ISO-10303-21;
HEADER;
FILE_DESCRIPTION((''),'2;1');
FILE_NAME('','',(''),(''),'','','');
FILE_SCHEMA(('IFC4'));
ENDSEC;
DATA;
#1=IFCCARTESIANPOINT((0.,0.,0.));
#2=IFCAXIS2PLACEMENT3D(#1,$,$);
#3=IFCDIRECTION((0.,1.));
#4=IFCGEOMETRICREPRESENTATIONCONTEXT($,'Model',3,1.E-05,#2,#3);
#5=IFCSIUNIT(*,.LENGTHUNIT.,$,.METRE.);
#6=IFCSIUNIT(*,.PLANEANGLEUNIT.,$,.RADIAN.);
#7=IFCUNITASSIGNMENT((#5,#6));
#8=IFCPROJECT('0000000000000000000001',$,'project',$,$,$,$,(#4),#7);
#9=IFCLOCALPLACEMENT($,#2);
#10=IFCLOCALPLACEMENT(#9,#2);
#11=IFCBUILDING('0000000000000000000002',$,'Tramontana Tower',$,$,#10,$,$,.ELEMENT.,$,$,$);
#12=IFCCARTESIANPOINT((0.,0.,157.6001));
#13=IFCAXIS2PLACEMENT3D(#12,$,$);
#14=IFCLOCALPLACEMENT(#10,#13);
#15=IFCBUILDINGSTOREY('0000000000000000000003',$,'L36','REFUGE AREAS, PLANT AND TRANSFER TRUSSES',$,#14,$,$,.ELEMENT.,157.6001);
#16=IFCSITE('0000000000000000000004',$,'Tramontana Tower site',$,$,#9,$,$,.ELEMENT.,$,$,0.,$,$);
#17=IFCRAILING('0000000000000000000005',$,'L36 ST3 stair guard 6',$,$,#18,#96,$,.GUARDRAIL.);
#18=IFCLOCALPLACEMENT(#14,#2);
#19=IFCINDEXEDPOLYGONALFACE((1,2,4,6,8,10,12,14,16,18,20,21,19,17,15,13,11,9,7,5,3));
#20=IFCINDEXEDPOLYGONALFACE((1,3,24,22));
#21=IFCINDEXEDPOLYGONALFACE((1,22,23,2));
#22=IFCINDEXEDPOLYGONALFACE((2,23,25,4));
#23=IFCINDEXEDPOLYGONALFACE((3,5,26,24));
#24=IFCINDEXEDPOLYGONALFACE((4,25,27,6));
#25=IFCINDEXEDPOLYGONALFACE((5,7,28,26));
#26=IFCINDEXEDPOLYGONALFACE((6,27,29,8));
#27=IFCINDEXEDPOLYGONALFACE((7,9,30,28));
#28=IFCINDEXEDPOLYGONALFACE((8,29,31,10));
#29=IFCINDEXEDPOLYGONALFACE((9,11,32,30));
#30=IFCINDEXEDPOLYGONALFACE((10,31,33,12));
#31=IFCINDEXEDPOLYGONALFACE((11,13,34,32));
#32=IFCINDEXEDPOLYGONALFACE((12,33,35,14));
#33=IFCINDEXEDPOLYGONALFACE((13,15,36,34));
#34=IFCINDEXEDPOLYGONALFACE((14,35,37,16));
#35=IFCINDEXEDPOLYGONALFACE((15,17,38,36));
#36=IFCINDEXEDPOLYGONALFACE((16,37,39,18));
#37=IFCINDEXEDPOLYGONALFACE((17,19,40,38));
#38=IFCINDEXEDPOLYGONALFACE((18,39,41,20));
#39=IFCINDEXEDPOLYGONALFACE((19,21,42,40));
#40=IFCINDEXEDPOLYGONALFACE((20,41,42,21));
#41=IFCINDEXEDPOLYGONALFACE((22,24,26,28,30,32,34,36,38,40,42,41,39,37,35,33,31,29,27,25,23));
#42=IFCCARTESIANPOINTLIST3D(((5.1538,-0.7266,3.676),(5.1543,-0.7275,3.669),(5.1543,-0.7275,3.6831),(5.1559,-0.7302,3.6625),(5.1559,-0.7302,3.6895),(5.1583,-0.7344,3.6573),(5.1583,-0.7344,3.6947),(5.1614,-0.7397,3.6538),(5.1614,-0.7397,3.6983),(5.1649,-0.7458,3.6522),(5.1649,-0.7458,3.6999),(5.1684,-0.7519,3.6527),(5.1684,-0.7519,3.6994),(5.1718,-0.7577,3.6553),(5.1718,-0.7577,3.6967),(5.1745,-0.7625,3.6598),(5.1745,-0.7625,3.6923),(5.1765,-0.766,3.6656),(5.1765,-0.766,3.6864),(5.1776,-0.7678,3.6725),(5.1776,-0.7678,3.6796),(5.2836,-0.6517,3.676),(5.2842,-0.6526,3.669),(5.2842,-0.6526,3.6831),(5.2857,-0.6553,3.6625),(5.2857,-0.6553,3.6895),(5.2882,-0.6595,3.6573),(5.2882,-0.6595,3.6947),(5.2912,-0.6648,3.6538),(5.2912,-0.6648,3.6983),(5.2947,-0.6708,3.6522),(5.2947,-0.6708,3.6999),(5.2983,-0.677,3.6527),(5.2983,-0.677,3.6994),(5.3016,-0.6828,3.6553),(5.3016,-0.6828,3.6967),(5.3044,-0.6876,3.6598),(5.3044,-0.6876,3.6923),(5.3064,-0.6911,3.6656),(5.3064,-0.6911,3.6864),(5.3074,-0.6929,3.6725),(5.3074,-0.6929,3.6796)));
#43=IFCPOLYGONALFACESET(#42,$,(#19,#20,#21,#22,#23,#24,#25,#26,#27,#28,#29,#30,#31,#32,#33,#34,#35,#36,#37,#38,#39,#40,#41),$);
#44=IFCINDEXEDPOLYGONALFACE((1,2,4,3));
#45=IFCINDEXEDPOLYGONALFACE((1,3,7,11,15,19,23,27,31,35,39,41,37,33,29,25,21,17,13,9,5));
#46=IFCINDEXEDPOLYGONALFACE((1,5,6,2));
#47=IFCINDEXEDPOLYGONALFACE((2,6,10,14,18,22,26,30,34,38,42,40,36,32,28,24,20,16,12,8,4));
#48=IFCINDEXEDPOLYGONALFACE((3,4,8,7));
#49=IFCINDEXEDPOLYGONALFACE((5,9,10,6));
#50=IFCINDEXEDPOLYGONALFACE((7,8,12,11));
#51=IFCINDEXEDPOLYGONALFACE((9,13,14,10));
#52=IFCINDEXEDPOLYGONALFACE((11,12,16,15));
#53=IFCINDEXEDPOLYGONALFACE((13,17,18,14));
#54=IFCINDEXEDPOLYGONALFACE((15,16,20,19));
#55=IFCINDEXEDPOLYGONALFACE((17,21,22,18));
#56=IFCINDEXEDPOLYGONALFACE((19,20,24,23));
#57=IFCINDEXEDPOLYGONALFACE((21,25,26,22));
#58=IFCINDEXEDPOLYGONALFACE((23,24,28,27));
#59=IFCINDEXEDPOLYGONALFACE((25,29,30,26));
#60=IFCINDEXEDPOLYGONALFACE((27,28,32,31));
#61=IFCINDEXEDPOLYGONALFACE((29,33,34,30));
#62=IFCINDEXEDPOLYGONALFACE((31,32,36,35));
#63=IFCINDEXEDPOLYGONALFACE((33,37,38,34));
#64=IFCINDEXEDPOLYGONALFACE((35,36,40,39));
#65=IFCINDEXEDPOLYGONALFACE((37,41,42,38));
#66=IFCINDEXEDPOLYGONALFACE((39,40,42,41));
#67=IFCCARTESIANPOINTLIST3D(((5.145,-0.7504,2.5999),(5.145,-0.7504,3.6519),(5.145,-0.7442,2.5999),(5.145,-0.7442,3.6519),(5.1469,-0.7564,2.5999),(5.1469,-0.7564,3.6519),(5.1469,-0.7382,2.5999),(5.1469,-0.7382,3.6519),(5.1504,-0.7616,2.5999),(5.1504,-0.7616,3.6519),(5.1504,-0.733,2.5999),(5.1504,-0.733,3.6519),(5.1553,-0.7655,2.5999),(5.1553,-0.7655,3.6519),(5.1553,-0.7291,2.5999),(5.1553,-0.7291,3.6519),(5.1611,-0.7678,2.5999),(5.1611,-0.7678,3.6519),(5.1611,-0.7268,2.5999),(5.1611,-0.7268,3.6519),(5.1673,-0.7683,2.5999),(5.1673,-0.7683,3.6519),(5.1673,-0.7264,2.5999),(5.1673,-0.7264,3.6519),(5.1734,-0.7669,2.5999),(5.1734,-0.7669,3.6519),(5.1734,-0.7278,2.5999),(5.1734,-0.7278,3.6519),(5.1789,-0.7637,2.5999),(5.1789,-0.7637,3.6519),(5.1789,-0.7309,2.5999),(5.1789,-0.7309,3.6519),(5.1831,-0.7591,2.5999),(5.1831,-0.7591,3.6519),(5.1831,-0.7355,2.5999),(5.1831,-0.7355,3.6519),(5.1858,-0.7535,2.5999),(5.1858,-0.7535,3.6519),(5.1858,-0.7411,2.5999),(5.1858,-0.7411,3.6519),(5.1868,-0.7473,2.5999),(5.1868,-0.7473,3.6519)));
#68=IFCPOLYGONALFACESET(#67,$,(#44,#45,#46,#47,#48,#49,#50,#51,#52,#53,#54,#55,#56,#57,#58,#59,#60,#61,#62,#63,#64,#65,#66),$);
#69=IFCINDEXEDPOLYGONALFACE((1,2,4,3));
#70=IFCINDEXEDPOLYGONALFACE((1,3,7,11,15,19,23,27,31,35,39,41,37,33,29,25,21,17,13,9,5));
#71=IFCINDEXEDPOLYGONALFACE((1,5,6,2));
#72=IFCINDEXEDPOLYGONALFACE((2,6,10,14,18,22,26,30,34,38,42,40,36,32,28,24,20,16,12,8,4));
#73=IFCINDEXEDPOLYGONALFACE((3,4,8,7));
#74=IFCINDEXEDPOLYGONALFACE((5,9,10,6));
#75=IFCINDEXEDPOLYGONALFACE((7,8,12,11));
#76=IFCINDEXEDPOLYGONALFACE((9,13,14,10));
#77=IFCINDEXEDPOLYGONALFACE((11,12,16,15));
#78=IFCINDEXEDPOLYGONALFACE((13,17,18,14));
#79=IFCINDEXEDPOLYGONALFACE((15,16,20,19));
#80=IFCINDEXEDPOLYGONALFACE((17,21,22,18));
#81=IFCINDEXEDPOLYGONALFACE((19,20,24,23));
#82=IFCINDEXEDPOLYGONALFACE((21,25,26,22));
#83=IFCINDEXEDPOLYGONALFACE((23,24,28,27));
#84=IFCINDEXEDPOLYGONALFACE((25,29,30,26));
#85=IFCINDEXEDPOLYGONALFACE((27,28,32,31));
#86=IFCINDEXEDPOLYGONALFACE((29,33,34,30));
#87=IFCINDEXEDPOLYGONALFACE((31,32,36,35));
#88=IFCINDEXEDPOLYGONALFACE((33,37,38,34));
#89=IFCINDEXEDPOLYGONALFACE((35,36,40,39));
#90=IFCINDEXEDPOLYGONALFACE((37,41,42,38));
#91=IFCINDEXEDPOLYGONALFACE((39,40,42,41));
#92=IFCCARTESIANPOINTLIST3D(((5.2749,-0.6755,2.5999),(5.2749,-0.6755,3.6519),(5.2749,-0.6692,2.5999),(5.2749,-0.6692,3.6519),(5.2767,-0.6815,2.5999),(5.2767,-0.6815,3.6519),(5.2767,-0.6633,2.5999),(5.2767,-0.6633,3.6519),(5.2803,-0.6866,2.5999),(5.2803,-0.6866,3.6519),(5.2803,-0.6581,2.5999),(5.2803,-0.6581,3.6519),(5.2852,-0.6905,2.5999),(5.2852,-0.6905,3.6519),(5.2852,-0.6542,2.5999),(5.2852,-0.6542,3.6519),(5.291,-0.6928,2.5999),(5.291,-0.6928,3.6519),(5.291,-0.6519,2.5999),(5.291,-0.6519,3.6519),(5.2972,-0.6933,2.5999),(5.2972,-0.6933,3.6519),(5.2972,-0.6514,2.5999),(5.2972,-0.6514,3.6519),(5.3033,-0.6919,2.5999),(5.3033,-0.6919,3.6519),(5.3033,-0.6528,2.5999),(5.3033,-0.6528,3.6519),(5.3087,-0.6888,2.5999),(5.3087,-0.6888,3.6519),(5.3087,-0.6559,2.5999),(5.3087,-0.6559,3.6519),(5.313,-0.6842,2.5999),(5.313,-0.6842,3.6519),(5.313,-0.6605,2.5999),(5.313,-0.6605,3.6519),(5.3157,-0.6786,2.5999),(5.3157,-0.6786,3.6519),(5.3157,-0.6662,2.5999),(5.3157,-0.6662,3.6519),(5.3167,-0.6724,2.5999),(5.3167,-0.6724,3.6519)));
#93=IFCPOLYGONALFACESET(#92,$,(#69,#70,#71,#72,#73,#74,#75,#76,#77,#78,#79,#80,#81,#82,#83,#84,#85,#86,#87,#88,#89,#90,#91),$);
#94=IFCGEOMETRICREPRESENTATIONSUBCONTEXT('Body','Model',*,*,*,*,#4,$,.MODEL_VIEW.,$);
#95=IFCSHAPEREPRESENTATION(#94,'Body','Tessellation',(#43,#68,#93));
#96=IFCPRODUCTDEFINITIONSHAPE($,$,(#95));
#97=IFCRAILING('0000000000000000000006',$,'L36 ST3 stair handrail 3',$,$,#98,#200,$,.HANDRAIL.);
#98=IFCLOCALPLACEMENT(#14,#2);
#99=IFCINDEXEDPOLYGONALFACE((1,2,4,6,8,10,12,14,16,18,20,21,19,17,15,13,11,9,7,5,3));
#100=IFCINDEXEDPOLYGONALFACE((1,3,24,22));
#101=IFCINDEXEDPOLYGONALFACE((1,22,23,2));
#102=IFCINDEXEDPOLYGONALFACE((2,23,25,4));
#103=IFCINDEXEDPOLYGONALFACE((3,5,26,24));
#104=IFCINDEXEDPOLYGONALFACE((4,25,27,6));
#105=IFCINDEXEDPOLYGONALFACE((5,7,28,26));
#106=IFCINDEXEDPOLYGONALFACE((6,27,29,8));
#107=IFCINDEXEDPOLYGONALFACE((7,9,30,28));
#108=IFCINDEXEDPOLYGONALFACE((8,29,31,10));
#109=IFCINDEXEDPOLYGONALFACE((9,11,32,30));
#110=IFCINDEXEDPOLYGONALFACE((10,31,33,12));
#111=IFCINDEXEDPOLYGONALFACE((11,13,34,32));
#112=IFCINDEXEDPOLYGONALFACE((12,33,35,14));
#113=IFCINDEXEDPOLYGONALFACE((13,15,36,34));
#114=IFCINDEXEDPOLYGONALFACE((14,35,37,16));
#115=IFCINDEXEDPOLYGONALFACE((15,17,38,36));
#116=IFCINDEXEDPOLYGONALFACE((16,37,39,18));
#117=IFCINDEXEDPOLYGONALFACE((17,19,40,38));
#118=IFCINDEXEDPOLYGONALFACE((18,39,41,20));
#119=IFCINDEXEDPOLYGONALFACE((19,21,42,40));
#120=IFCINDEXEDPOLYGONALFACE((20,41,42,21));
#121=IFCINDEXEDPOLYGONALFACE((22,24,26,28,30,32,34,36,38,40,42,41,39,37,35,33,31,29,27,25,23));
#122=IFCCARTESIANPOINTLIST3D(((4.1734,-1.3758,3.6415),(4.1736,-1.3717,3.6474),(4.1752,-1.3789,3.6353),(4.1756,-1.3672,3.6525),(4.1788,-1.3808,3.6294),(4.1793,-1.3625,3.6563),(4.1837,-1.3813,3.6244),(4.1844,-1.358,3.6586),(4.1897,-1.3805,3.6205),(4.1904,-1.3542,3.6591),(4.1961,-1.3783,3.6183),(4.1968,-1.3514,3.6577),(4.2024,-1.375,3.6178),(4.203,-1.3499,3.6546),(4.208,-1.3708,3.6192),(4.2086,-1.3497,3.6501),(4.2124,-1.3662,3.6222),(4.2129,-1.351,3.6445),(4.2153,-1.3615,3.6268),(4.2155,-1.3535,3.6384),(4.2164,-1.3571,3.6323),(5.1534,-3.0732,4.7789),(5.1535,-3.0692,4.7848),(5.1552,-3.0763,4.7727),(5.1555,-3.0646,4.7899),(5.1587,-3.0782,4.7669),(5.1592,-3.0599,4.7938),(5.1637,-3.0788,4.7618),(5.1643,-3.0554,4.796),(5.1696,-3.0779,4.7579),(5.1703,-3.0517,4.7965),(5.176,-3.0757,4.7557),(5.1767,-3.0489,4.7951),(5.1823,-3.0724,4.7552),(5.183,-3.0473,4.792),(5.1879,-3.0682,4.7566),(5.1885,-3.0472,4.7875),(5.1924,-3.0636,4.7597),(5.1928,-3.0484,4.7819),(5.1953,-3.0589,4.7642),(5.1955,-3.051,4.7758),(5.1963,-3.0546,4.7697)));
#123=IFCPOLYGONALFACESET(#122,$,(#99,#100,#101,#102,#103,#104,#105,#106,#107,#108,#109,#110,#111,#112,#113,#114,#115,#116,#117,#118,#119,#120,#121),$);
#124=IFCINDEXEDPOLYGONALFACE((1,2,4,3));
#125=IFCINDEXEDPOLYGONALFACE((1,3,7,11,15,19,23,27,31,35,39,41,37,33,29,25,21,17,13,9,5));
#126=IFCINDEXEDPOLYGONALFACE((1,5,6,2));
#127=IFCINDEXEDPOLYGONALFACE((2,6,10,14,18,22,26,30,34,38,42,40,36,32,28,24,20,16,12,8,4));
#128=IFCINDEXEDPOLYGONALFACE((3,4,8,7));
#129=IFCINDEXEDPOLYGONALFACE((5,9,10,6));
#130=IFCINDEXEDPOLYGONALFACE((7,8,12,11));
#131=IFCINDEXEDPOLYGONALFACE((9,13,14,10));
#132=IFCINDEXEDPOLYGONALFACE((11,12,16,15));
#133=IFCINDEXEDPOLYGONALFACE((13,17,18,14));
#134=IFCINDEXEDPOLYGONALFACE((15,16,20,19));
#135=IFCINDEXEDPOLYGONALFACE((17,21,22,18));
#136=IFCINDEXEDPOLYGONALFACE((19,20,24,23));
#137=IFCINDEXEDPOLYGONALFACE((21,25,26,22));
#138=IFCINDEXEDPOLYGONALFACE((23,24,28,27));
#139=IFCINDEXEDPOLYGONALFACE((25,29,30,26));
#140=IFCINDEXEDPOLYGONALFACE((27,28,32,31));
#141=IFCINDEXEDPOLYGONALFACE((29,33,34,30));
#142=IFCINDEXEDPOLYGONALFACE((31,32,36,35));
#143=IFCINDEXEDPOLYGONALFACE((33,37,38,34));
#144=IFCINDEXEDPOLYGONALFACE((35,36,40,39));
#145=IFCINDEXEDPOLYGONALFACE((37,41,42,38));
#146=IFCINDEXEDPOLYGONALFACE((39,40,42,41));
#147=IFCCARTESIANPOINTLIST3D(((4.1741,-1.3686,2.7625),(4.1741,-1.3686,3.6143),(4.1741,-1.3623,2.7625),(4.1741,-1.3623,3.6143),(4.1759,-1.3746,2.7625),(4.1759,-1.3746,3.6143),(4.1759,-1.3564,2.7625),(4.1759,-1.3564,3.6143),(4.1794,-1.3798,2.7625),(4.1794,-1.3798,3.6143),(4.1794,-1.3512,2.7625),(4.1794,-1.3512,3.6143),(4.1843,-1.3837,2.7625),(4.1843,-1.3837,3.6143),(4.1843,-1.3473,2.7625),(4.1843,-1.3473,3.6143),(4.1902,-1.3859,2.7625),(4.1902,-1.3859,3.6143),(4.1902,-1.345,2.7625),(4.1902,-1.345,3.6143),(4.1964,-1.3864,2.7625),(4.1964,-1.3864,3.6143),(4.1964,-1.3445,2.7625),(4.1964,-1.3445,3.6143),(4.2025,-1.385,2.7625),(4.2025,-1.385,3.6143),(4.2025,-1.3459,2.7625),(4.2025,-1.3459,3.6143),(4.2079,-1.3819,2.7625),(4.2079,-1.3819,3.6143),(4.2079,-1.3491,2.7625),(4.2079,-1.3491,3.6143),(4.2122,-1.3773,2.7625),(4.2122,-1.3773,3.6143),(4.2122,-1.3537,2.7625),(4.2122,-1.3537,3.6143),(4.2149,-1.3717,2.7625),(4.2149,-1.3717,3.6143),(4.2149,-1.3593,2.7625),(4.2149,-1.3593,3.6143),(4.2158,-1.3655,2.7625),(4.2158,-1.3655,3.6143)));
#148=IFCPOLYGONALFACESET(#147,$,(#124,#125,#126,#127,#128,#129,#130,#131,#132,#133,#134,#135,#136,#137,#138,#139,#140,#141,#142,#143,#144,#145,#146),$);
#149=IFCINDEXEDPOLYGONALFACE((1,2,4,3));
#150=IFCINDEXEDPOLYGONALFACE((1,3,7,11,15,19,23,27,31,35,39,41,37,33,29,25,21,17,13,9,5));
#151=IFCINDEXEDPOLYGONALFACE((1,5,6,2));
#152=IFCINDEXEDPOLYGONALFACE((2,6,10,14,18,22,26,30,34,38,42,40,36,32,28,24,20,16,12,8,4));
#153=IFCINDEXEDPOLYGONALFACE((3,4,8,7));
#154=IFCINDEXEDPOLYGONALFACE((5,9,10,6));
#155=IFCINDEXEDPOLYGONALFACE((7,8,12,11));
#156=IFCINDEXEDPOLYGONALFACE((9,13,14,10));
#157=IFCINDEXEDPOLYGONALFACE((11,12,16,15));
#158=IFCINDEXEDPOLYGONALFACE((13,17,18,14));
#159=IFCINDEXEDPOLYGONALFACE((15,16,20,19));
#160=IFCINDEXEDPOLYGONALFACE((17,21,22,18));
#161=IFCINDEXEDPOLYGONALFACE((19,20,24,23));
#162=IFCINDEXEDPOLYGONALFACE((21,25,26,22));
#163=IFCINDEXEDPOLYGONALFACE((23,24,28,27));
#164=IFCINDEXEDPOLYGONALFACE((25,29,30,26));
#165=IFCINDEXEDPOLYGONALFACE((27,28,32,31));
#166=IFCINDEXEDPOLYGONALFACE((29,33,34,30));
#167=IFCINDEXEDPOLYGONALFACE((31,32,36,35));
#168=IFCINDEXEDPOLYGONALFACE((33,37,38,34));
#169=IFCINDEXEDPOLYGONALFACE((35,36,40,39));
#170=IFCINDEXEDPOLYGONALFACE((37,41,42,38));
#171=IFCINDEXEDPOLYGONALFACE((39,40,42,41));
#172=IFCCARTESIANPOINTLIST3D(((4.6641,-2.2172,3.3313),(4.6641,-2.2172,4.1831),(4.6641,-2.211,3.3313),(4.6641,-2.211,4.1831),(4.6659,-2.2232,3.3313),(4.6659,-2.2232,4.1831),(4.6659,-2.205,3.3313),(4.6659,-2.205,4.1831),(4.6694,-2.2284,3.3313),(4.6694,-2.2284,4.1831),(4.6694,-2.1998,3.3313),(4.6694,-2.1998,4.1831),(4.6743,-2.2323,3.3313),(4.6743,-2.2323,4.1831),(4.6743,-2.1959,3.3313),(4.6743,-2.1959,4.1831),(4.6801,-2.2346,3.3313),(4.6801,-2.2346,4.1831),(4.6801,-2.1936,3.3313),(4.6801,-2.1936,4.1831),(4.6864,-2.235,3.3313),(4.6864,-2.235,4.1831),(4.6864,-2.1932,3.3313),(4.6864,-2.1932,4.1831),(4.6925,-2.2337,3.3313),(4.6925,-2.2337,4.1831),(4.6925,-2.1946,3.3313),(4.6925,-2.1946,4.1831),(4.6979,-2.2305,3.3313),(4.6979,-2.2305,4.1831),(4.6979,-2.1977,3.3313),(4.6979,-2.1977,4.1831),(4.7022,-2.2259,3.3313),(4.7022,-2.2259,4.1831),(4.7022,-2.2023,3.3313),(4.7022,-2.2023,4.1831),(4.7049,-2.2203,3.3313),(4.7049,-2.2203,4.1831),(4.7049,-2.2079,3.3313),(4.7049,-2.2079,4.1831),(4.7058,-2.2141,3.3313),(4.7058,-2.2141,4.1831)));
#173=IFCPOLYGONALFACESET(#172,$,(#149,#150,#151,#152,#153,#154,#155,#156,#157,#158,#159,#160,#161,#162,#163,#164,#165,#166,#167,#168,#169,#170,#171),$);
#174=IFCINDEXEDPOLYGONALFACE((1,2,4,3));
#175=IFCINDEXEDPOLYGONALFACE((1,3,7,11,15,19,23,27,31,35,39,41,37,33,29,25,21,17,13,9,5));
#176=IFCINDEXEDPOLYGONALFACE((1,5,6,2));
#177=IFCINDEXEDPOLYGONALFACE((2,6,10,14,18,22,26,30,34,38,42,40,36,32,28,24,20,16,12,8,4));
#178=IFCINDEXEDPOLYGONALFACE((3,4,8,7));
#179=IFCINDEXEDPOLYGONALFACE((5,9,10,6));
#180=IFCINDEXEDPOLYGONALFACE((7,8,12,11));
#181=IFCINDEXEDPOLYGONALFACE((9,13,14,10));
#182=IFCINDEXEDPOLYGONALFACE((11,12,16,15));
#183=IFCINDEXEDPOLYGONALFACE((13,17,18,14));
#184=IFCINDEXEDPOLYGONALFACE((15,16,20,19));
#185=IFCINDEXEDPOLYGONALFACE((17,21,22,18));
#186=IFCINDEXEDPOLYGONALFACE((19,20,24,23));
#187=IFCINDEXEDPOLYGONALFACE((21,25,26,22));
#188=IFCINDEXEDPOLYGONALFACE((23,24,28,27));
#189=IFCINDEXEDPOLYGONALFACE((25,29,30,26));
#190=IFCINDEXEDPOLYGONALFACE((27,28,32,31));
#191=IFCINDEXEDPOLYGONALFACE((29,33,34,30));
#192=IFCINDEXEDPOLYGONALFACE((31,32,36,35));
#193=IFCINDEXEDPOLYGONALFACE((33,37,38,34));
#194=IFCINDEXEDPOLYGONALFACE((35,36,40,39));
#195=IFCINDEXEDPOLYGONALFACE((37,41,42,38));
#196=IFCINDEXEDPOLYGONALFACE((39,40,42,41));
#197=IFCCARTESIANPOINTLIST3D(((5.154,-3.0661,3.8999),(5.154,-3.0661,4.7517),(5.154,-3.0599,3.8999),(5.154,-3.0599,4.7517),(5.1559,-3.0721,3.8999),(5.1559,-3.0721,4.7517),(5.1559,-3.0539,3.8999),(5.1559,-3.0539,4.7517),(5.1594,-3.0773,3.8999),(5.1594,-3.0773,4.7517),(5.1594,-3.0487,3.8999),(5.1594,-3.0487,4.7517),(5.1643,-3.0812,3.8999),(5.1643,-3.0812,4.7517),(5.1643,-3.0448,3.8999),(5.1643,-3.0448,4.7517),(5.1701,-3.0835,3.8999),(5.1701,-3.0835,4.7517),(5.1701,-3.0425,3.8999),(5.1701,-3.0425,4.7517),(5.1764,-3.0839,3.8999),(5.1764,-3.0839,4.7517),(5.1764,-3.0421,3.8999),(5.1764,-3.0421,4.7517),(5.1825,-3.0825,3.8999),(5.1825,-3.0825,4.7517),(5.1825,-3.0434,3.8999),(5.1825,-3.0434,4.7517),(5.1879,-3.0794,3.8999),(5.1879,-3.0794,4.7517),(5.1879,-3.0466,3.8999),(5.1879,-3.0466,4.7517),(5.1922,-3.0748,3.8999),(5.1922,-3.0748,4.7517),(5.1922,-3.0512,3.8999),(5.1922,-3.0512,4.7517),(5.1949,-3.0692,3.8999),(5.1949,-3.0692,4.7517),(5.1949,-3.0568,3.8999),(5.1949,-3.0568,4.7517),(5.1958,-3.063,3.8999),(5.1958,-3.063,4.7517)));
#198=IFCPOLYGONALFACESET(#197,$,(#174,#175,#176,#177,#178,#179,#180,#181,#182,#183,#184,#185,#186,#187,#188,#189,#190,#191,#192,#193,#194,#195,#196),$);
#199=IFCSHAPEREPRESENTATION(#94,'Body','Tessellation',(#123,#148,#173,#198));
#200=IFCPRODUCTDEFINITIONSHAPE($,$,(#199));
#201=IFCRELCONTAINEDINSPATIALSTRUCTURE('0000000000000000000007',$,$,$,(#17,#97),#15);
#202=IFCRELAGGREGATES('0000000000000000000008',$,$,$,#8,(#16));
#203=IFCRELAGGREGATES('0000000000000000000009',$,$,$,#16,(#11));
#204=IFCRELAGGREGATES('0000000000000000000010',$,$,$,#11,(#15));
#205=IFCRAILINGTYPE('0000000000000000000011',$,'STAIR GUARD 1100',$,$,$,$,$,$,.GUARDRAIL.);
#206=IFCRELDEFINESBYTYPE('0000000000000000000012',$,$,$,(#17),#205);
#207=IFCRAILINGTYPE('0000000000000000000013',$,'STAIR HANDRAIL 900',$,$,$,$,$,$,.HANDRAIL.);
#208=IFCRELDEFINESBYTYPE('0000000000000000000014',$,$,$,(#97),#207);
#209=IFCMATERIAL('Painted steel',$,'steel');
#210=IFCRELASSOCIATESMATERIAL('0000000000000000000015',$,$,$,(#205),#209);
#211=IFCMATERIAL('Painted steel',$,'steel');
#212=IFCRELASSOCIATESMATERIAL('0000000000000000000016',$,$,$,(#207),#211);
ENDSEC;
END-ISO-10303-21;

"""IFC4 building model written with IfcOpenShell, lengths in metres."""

from ifc_helpers import new_model, si_unit, direction, frame, origin, origin_2d, place, context, subcontext, project, spatial, circle, extrude, material, type_object, element, save


model = new_model("IFC4")

# Units and contexts
model_context = context("Model", 3, precision=1e-05, world=origin(), true_north=direction((0.0, 1.0)))
body_context = subcontext(model_context, "Body", "Model", "MODEL_VIEW")
ifc_project = project(units=[si_unit("LENGTHUNIT", "METRE"), si_unit("PLANEANGLEUNIT", "RADIAN")], contexts=[model_context])

# Site, building, storey
site_placement = place(None, origin())
site = spatial("IfcSite", under=ifc_project, at=site_placement, Name="Tramontana Tower site", CompositionType="ELEMENT", RefElevation=0.0)
building_placement = place(site_placement, origin())
building = spatial("IfcBuilding", under=site, at=building_placement, Name="Tramontana Tower", CompositionType="ELEMENT")
storey_placement = place(building_placement, frame((0.0, 0.0, 157.6001)))
storey = spatial("IfcBuildingStorey", under=building, at=storey_placement, Name="L36", Description="REFUGE AREAS, PLANT AND TRANSFER TRUSSES", CompositionType="ELEMENT", Elevation=157.6001)

# Railings
ifc_material_1 = material(Name="Painted steel", Category="steel")
railing_type_1 = type_object("IfcRailingType", Name="STAIR GUARD 1100", PredefinedType="GUARDRAIL", material=ifc_material_1)
railing_1_placement = place(storey_placement, frame((5.1658, -0.7473, 2.5999)))
element("IfcRailing", 1, at=railing_1_placement, inside=storey, type_object=railing_type_1, Name="L36 ST3 stair guard 6", PredefinedType="GUARDRAIL", context=body_context, shape_type="SweptSolid", body=[
    extrude(circle(Radius=0.0239, at=origin_2d()), frame((0.0, 0.0, 1.0762), z_axis=(0.866131, 0.499816, 0.0), x_axis=(-0.499816, 0.866131, 0.0)), (0.0, 0.0, 1.0), 0.1499),
    extrude(circle(Radius=0.021, at=origin_2d()), origin(), (0.0, 0.0, 1.0), 1.052),
    extrude(circle(Radius=0.021, at=origin_2d()), frame((0.1299, 0.075, 0.0)), (0.0, 0.0, 1.0), 1.052),
])
ifc_material_2 = material(Name="Painted steel", Category="steel")
railing_type_2 = type_object("IfcRailingType", Name="STAIR HANDRAIL 900", PredefinedType="HANDRAIL", material=ifc_material_2)
railing_2_placement = place(storey_placement, frame((4.1948, -1.3655, 2.7625)))
element("IfcRailing", 2, at=railing_2_placement, inside=storey, type_object=railing_type_2, Name="L36 ST3 stair handrail 3", PredefinedType="HANDRAIL", context=body_context, shape_type="SweptSolid", body=[
    extrude(circle(Radius=0.0239, at=origin_2d()), frame((0.0, 0.0, 0.876), z_axis=(0.432432, -0.749053, 0.501918), x_axis=(0.866042, 0.49997, 0.0)), (0.0, 0.0, 1.0), 2.2661),
    extrude(circle(Radius=0.021, at=origin_2d()), origin(), (0.0, 0.0, 1.0), 0.8518),
    extrude(circle(Radius=0.021, at=origin_2d()), frame((0.49, -0.8486, 0.5688)), (0.0, 0.0, 1.0), 0.8518),
    extrude(circle(Radius=0.021, at=origin_2d()), frame((0.98, -1.6975, 1.1375)), (0.0, 0.0, 1.0), 0.8518),
])

save(model, "model.ifc")
